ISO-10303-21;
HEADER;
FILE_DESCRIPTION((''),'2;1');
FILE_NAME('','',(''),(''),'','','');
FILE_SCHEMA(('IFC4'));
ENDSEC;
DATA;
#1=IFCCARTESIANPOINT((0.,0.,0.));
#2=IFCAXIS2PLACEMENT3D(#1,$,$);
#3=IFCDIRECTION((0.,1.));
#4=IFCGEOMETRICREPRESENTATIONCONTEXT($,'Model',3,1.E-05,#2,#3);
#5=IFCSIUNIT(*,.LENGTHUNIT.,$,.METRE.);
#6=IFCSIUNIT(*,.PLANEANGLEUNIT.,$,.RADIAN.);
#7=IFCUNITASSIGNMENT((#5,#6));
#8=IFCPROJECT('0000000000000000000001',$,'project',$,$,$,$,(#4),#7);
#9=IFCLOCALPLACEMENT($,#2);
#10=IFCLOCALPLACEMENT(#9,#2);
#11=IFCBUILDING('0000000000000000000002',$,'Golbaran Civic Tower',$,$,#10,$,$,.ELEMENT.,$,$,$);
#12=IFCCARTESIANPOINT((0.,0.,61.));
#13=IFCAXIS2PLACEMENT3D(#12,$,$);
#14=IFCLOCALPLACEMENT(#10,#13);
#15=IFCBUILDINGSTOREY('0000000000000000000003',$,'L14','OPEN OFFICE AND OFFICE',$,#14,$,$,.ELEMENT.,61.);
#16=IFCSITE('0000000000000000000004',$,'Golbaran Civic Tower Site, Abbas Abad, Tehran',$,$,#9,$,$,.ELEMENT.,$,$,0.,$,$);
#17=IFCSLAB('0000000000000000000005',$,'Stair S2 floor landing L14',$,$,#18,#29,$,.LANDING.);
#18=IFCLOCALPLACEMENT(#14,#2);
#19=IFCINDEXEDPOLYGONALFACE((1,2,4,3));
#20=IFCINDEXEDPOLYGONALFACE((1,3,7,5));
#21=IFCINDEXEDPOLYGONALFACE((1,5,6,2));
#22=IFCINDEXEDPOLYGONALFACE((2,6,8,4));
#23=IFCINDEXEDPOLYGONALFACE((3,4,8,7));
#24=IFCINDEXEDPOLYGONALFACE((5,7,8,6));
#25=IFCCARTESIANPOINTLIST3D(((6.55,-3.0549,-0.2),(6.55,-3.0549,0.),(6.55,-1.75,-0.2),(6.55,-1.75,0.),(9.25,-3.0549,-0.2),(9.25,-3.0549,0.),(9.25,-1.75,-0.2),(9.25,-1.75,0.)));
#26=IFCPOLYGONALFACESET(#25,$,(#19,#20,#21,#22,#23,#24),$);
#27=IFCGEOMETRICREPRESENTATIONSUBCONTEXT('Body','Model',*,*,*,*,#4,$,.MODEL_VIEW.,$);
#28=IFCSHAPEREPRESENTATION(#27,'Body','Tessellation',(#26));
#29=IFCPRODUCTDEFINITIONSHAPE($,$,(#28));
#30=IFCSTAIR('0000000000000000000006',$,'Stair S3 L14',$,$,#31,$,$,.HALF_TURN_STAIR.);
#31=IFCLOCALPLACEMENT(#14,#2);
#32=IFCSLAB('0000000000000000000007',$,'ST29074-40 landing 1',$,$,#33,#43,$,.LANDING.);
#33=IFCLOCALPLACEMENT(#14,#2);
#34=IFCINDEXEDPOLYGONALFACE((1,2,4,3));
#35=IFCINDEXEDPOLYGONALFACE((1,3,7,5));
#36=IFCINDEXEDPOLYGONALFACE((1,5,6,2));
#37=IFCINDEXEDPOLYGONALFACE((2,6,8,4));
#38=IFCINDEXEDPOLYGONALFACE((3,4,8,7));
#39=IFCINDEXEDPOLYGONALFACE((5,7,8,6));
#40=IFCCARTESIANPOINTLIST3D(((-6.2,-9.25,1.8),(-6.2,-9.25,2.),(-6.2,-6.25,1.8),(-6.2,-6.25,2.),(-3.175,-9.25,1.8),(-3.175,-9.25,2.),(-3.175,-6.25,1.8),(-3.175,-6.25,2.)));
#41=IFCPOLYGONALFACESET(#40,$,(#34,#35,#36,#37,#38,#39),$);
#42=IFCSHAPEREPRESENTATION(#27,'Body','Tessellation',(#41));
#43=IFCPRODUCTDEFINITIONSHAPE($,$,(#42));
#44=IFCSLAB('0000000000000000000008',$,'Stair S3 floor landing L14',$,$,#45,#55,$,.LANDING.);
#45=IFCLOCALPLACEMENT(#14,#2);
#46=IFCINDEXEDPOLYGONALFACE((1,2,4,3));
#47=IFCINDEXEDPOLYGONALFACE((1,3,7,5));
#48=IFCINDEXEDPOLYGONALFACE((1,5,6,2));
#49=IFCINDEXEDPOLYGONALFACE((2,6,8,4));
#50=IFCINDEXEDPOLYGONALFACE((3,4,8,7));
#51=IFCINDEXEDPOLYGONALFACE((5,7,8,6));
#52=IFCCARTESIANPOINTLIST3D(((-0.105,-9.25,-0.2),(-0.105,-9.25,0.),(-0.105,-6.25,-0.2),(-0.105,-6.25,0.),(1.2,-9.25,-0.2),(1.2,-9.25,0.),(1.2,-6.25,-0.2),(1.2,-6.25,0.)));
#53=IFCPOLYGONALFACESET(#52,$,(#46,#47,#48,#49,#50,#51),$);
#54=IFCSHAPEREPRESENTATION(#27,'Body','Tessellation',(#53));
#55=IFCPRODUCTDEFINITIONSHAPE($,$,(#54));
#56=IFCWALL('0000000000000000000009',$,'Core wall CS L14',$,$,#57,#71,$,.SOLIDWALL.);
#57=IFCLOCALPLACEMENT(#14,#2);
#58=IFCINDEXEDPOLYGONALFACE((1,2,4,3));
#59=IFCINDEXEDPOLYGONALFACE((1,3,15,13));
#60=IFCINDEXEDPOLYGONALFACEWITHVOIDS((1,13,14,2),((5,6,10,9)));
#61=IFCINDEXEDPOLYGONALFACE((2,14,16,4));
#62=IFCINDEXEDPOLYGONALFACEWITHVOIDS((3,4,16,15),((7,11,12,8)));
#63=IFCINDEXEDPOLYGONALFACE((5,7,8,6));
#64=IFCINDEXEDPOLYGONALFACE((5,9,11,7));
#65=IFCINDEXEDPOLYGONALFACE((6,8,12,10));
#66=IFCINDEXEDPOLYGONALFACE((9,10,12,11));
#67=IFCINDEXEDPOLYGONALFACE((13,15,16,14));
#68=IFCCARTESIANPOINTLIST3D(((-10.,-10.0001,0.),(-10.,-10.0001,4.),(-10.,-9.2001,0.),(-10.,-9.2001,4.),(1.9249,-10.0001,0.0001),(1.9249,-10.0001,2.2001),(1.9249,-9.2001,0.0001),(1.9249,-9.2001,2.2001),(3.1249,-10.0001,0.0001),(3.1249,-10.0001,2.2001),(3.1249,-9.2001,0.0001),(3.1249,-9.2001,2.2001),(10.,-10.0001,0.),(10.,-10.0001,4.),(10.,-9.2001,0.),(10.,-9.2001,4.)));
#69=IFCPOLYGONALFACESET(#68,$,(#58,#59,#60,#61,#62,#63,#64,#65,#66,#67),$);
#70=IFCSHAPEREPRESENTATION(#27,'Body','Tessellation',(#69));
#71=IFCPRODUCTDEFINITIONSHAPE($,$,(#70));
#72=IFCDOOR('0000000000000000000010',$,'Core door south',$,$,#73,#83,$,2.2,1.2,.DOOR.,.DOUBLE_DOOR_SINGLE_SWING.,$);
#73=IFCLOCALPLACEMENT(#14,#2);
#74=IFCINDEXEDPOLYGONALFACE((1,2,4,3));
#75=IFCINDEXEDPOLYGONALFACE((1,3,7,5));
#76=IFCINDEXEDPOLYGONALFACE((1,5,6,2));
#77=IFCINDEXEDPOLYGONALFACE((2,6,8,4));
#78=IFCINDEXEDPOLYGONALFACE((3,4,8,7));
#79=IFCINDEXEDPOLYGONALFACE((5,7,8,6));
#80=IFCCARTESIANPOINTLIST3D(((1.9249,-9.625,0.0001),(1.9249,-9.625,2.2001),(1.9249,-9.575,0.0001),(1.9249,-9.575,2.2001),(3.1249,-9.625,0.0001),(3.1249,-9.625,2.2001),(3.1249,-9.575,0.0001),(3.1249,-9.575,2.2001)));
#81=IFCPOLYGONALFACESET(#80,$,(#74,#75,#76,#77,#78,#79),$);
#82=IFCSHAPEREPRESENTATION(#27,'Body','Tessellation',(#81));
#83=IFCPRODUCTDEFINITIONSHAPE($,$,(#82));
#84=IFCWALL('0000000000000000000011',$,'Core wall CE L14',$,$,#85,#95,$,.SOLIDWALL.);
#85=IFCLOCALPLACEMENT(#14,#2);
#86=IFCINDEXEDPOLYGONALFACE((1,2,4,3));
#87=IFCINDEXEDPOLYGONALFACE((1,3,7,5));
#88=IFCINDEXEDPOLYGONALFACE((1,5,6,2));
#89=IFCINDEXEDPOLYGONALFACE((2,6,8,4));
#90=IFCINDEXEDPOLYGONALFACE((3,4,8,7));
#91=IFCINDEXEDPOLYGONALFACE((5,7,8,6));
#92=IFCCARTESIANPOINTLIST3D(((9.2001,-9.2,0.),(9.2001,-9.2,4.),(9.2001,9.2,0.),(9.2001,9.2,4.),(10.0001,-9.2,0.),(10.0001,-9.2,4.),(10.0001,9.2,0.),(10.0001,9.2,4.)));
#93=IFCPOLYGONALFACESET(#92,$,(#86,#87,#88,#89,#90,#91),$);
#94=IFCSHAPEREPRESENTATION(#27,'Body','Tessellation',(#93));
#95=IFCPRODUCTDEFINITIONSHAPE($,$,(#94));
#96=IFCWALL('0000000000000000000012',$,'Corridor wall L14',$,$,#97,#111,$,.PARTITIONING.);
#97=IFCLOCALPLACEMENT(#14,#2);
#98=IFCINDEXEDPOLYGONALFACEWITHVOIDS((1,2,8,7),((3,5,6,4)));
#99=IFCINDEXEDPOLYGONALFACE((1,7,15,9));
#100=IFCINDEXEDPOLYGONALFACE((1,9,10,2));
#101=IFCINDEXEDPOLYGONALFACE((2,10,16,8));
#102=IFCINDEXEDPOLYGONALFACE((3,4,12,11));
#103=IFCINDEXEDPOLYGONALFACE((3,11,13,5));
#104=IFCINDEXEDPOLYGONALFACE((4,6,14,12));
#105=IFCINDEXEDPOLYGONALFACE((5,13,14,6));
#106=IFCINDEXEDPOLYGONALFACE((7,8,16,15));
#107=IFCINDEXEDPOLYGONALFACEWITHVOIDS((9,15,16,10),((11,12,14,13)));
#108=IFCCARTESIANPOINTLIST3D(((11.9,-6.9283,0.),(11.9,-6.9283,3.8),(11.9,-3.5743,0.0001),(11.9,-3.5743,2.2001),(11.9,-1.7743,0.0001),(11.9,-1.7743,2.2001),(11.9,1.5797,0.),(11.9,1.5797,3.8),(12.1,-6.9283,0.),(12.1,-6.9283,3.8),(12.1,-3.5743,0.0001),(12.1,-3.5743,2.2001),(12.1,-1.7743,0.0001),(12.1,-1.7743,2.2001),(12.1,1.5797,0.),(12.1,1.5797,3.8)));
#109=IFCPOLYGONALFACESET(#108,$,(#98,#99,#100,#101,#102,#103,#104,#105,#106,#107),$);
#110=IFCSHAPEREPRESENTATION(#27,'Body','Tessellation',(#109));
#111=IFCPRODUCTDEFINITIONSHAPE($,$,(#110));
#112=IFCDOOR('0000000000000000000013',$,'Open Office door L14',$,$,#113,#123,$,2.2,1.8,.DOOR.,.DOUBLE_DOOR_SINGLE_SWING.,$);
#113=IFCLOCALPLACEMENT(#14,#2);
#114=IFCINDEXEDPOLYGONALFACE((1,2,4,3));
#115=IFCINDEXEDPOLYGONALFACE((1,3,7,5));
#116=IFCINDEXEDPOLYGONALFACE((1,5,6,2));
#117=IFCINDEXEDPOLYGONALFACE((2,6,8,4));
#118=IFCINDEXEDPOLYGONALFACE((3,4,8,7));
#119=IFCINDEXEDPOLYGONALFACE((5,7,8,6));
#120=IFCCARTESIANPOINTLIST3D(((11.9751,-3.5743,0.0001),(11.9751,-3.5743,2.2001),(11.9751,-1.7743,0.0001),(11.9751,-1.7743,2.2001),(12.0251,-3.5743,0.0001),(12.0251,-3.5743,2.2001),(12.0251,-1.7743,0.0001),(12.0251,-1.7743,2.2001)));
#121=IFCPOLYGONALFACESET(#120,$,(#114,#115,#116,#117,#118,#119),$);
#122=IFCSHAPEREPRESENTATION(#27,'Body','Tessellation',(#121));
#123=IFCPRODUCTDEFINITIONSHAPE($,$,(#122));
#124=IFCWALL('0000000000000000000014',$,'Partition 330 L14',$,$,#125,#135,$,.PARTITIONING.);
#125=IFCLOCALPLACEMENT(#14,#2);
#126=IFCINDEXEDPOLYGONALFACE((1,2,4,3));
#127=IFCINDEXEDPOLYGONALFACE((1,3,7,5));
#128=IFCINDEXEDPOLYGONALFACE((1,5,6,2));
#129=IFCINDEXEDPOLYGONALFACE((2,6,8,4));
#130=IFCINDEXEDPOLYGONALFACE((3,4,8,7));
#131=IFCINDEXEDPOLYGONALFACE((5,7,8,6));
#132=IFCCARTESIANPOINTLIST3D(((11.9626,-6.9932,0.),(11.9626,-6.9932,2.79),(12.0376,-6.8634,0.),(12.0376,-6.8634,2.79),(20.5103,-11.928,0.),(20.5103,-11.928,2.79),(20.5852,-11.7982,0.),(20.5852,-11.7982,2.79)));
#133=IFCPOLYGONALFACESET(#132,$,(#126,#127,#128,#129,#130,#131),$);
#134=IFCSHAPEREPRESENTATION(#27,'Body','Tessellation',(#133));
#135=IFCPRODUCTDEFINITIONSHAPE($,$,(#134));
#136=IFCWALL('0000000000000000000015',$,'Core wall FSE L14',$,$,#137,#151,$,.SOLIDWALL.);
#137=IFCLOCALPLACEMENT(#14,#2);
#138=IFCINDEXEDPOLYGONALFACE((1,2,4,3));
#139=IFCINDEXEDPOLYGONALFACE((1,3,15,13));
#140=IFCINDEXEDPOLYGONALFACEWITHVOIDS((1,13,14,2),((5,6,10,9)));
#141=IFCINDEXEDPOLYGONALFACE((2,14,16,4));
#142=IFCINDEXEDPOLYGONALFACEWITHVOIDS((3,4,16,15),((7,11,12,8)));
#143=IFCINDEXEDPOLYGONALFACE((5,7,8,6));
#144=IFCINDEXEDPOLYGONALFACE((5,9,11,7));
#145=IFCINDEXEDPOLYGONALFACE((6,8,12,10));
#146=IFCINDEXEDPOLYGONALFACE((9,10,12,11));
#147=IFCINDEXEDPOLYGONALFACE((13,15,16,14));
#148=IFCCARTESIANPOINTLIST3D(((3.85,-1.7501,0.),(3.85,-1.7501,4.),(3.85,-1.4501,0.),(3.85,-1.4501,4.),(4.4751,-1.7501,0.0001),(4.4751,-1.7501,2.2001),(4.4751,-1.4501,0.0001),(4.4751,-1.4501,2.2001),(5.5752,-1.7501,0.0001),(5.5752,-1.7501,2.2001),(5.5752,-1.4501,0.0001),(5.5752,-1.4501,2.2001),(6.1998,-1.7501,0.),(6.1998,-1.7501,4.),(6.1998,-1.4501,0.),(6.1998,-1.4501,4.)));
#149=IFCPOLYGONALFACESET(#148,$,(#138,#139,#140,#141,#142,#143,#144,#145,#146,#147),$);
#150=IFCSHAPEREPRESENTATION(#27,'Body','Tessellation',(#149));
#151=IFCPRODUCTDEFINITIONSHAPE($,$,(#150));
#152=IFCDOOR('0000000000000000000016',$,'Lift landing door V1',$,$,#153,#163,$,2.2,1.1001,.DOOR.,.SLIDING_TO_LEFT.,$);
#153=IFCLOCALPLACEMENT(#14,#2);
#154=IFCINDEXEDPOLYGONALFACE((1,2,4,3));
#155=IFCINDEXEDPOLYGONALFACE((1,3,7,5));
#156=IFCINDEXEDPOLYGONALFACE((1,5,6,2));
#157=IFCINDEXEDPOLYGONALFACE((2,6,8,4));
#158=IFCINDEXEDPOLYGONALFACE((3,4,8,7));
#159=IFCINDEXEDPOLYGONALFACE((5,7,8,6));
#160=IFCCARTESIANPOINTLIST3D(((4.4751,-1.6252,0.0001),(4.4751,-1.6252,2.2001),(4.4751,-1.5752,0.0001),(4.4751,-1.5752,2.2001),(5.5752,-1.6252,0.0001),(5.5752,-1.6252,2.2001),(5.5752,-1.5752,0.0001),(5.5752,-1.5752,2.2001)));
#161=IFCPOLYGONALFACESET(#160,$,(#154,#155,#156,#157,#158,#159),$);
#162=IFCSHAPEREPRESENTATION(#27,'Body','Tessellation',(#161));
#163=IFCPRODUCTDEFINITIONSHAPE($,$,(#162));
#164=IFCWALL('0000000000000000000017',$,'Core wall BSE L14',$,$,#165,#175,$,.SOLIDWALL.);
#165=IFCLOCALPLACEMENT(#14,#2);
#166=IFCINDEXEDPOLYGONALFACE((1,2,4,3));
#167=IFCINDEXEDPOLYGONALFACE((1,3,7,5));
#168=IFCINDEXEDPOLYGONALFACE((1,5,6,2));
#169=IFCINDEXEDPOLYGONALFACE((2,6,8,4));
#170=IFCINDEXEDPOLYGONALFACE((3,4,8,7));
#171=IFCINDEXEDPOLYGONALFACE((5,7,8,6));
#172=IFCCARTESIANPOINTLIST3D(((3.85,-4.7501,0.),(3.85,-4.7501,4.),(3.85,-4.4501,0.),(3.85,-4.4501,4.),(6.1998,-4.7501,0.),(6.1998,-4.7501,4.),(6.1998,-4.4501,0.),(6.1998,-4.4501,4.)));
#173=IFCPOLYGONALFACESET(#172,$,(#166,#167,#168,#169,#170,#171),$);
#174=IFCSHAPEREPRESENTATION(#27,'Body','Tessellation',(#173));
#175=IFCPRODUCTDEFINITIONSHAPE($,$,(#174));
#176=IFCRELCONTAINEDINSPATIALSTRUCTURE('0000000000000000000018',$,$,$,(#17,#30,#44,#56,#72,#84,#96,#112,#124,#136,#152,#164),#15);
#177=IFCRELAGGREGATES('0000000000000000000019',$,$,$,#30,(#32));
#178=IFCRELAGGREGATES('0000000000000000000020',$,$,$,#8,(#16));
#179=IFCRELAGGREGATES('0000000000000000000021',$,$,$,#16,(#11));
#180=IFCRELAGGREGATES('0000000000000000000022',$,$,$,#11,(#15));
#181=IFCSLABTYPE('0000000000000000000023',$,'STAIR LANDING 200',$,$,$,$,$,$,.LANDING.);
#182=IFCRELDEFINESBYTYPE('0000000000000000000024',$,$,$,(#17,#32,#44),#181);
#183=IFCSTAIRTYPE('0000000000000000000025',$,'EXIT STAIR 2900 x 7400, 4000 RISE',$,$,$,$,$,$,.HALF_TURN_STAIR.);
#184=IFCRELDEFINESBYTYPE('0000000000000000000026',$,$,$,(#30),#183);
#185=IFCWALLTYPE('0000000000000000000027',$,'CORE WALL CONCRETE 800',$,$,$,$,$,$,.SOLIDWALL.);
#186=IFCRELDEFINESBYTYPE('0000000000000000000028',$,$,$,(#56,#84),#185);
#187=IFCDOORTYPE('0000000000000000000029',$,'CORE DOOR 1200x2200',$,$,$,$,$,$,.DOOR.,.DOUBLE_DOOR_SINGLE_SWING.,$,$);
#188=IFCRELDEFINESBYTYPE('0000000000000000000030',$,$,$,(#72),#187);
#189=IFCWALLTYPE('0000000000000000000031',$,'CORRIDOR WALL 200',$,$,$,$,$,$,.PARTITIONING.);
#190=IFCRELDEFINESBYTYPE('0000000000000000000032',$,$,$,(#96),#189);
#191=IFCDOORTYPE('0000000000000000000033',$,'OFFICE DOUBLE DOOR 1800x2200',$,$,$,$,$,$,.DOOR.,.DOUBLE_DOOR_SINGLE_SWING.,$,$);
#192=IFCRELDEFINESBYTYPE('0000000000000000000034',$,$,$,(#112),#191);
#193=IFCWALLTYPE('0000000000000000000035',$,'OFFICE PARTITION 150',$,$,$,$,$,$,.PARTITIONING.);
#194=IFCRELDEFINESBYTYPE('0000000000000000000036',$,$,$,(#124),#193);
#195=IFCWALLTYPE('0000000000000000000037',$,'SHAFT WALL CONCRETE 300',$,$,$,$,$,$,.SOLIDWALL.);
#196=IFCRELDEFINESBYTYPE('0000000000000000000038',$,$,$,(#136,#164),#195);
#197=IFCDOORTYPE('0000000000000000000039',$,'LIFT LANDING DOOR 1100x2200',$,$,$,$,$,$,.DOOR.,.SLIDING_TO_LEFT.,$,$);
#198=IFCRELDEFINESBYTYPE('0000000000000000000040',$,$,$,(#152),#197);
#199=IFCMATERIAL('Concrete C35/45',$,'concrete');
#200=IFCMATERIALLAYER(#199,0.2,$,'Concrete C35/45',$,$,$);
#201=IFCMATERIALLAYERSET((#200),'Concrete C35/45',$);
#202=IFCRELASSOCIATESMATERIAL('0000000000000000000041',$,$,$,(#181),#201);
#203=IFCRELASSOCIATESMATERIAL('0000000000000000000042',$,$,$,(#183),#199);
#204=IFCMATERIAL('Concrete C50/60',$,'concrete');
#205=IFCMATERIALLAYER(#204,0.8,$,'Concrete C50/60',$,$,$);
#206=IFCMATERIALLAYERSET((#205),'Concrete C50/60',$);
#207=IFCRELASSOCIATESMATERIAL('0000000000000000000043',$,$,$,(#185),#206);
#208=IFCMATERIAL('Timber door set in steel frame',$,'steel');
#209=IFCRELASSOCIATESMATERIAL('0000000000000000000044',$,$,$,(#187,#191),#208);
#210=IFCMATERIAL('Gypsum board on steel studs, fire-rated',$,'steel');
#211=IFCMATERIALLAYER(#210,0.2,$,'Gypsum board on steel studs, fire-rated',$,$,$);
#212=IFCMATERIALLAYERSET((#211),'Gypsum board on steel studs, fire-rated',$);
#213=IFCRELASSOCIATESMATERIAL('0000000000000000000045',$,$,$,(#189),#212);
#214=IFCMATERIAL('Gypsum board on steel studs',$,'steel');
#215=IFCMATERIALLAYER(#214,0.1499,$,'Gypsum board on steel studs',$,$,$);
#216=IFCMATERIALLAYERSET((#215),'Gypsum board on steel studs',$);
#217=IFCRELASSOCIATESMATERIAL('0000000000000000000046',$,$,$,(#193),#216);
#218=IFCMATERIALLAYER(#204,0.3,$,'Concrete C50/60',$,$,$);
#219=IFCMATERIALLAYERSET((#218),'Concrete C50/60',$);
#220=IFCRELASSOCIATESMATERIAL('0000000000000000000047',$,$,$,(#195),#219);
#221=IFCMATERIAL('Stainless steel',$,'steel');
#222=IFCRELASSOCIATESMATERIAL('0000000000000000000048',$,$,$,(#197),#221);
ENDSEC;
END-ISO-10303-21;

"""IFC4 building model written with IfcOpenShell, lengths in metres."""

from ifc_helpers import new_model, si_unit, direction, frame, frame_2d, origin, place, context, subcontext, project, spatial, polyline, rectangle, outline, extrude, material, layer, layer_set, type_object, element, fill, aggregate, save


model = new_model("IFC4")

# Units and contexts
model_context = context("Model", 3, precision=1e-05, world=origin(), true_north=direction((0.0, 1.0)))
body_context = subcontext(model_context, "Body", "Model", "MODEL_VIEW")
ifc_project = project(units=[si_unit("LENGTHUNIT", "METRE"), si_unit("PLANEANGLEUNIT", "RADIAN")], contexts=[model_context])

# Site, building, storey
site_placement = place(None, origin())
site = spatial("IfcSite", under=ifc_project, at=site_placement, Name="Golbaran Civic Tower Site, Abbas Abad, Tehran", CompositionType="ELEMENT", RefElevation=0.0)
building_placement = place(site_placement, origin())
building = spatial("IfcBuilding", under=site, at=building_placement, Name="Golbaran Civic Tower", CompositionType="ELEMENT")
storey_placement = place(building_placement, frame((0.0, 0.0, 61.0)))
storey = spatial("IfcBuildingStorey", under=building, at=storey_placement, Name="L14", Description="OPEN OFFICE AND OFFICE", CompositionType="ELEMENT", Elevation=61.0)

# Slab
ifc_material_1 = material(Name="Concrete C35/45", Category="concrete")
ifc_layer_1 = layer(ifc_material_1, 0.2, Name="Concrete C35/45")
ifc_layer_set_1 = layer_set([ifc_layer_1], Name="Concrete C35/45")
slab_type = type_object("IfcSlabType", Name="STAIR LANDING 200", PredefinedType="LANDING", material=ifc_layer_set_1)
slab_1_placement = place(storey_placement, frame((0.0, 0.0, -0.2)))
element("IfcSlab", 1, at=slab_1_placement, inside=storey, type_object=slab_type, Name="Stair S2 floor landing L14", PredefinedType="LANDING", context=body_context, shape_type="SweptSolid", body=[
    extrude(outline(polyline([(9.25, -1.75), (9.25, -3.0549), (6.55, -3.0549), (6.55, -1.75), (9.25, -1.75)])), origin(), (0.0, 0.0, 1.0), 0.2),
])

# Stair, slab
stair_type_1 = type_object("IfcStairType", Name="EXIT STAIR 2900 x 7400, 4000 RISE", PredefinedType="HALF_TURN_STAIR", material=ifc_material_1)
stair_1_placement = place(storey_placement, origin())
stair_1 = element("IfcStair", 2, at=stair_1_placement, inside=storey, type_object=stair_type_1, Name="Stair S3 L14", PredefinedType="HALF_TURN_STAIR")
slab_2_placement = place(storey_placement, frame((0.0, 0.0, 1.8)))
slab_2 = element("IfcSlab", 3, at=slab_2_placement, type_object=slab_type, Name="ST29074-40 landing 1", PredefinedType="LANDING", context=body_context, shape_type="SweptSolid", body=[
    extrude(outline(polyline([(-3.175, -9.25), (-6.2, -9.25), (-6.2, -6.25), (-3.175, -6.25), (-3.175, -9.25)])), origin(), (0.0, 0.0, 1.0), 0.2),
])
aggregate(stair_1, [slab_2])

# Slab
slab_3_placement = place(storey_placement, frame((0.0, 0.0, -0.2)))
element("IfcSlab", 4, at=slab_3_placement, inside=storey, type_object=slab_type, Name="Stair S3 floor landing L14", PredefinedType="LANDING", context=body_context, shape_type="SweptSolid", body=[
    extrude(outline(polyline([(1.2, -9.25), (-0.105, -9.25), (-0.105, -6.25), (1.2, -6.25), (1.2, -9.25)])), origin(), (0.0, 0.0, 1.0), 0.2),
])

# Wall, opening, door
ifc_material_2 = material(Name="Concrete C50/60", Category="concrete")
ifc_layer_2 = layer(ifc_material_2, 0.8, Name="Concrete C50/60")
ifc_layer_set_2 = layer_set([ifc_layer_2], Name="Concrete C50/60")
wall_type_1 = type_object("IfcWallType", Name="CORE WALL CONCRETE 800", PredefinedType="SOLIDWALL", material=ifc_layer_set_2)
wall_1_placement = place(storey_placement, frame((10.0, -9.6001, 0.0), z_axis=(0.0, 0.0, 1.0), x_axis=(-1.0, 0.0, 0.0)))
wall_1 = element("IfcWall", 5, at=wall_1_placement, inside=storey, type_object=wall_type_1, Name="Core wall CS L14", PredefinedType="SOLIDWALL", context=body_context, shape_type="SweptSolid", body=[
    extrude(rectangle(XDim=20.0, YDim=0.8, at=frame_2d((10.0, 0.0))), origin(), (0.0, 0.0, 1.0), 4.0),
])
opening_1_placement = place(wall_1_placement, frame((6.875, 0.0, 0.0)))
opening_1 = element("IfcOpeningElement", 6, at=opening_1_placement, cuts=wall_1, PredefinedType="OPENING", context=body_context, shape_type="SweptSolid", body=[
    extrude(rectangle(XDim=1.2, YDim=2.2, at=frame_2d((0.6001, 1.1001))), frame((0.0, 0.4099, 0.0), z_axis=(0.0, -1.0, 0.0), x_axis=(1.0, 0.0, 0.0)), (0.0, 0.0, 1.0), 0.8201),
])
ifc_material_3 = material(Name="Timber door set in steel frame", Category="steel")
door_type_1 = type_object("IfcDoorType", Name="CORE DOOR 1200x2200", OperationType="DOUBLE_DOOR_SINGLE_SWING", PredefinedType="DOOR", material=ifc_material_3)
door_1_placement = place(opening_1_placement, origin())
door_1 = element("IfcDoor", 7, at=door_1_placement, inside=storey, type_object=door_type_1, Name="Core door south", OperationType="DOUBLE_DOOR_SINGLE_SWING", OverallHeight=2.2, OverallWidth=1.2, PredefinedType="DOOR", context=body_context, shape_type="SweptSolid", body=[
    extrude(rectangle(XDim=1.2, YDim=2.2, at=frame_2d((0.6001, 1.1001))), frame((0.0, 0.0249, 0.0), z_axis=(0.0, -1.0, 0.0), x_axis=(1.0, 0.0, 0.0)), (0.0, 0.0, 1.0), 0.05),
])
fill(opening_1, door_1)

# Wall
wall_2_placement = place(storey_placement, frame((9.6001, -9.2, 0.0), z_axis=(0.0, 0.0, 1.0), x_axis=(0.0, 1.0, 0.0)))
element("IfcWall", 8, at=wall_2_placement, inside=storey, type_object=wall_type_1, Name="Core wall CE L14", PredefinedType="SOLIDWALL", context=body_context, shape_type="SweptSolid", body=[
    extrude(rectangle(XDim=18.3999, YDim=0.8, at=frame_2d((9.2, 0.0))), origin(), (0.0, 0.0, 1.0), 4.0),
])

# Wall, opening, door
ifc_material_4 = material(Name="Gypsum board on steel studs, fire-rated", Category="steel")
ifc_layer_3 = layer(ifc_material_4, 0.2, Name="Gypsum board on steel studs, fire-rated")
ifc_layer_set_3 = layer_set([ifc_layer_3], Name="Gypsum board on steel studs, fire-rated")
wall_type_2 = type_object("IfcWallType", Name="CORRIDOR WALL 200", PredefinedType="PARTITIONING", material=ifc_layer_set_3)
wall_3_placement = place(storey_placement, frame((12.0, -6.9282, 0.0), z_axis=(0.0, 0.0, 1.0), x_axis=(0.0, 1.0, 0.0)))
wall_3 = element("IfcWall", 9, at=wall_3_placement, inside=storey, type_object=wall_type_2, Name="Corridor wall L14", PredefinedType="PARTITIONING", context=body_context, shape_type="SweptSolid", body=[
    extrude(rectangle(XDim=8.5081, YDim=0.2, at=frame_2d((4.2539, 0.0))), origin(), (0.0, 0.0, 1.0), 3.8),
])
opening_2_placement = place(wall_3_placement, frame((3.354, 0.0, 0.0)))
opening_2 = element("IfcOpeningElement", 10, at=opening_2_placement, cuts=wall_3, PredefinedType="OPENING", context=body_context, shape_type="SweptSolid", body=[
    extrude(rectangle(XDim=1.8, YDim=2.2, at=frame_2d((0.8999, 1.1001))), frame((0.0, 0.1099, 0.0), z_axis=(0.0, -1.0, 0.0), x_axis=(1.0, 0.0, 0.0)), (0.0, 0.0, 1.0), 0.22),
])
door_type_2 = type_object("IfcDoorType", Name="OFFICE DOUBLE DOOR 1800x2200", OperationType="DOUBLE_DOOR_SINGLE_SWING", PredefinedType="DOOR", material=ifc_material_3)
door_2_placement = place(opening_2_placement, origin())
door_2 = element("IfcDoor", 11, at=door_2_placement, inside=storey, type_object=door_type_2, Name="Open Office door L14", OperationType="DOUBLE_DOOR_SINGLE_SWING", OverallHeight=2.2, OverallWidth=1.8, PredefinedType="DOOR", context=body_context, shape_type="SweptSolid", body=[
    extrude(rectangle(XDim=1.8, YDim=2.2, at=frame_2d((0.8999, 1.1001))), frame((0.0, 0.0249, 0.0), z_axis=(0.0, -1.0, 0.0), x_axis=(1.0, 0.0, 0.0)), (0.0, 0.0, 1.0), 0.05),
])
fill(opening_2, door_2)

# Wall
ifc_material_5 = material(Name="Gypsum board on steel studs", Category="steel")
ifc_layer_4 = layer(ifc_material_5, 0.1499, Name="Gypsum board on steel studs")
ifc_layer_set_4 = layer_set([ifc_layer_4], Name="Gypsum board on steel studs")
wall_type_3 = type_object("IfcWallType", Name="OFFICE PARTITION 150", PredefinedType="PARTITIONING", material=ifc_layer_set_4)
wall_4_placement = place(storey_placement, frame((12.0, -6.9282, 0.0), z_axis=(0.0, 0.0, 1.0), x_axis=(0.866032, -0.499989, 0.0)))
element("IfcWall", 12, at=wall_4_placement, inside=storey, type_object=wall_type_3, Name="Partition 330 L14", PredefinedType="PARTITIONING", context=body_context, shape_type="SweptSolid", body=[
    extrude(rectangle(XDim=9.8699, YDim=0.1499, at=frame_2d((4.9351, 0.0))), origin(), (0.0, 0.0, 1.0), 2.79),
])

# Wall, opening, door
ifc_layer_5 = layer(ifc_material_2, 0.3, Name="Concrete C50/60")
ifc_layer_set_5 = layer_set([ifc_layer_5], Name="Concrete C50/60")
wall_type_4 = type_object("IfcWallType", Name="SHAFT WALL CONCRETE 300", PredefinedType="SOLIDWALL", material=ifc_layer_set_5)
wall_5_placement = place(storey_placement, frame((3.8501, -1.6001, 0.0), z_axis=(0.0, 0.0, 1.0), x_axis=(1.0, 0.0, 0.0)))
wall_5 = element("IfcWall", 13, at=wall_5_placement, inside=storey, type_object=wall_type_4, Name="Core wall FSE L14", PredefinedType="SOLIDWALL", context=body_context, shape_type="SweptSolid", body=[
    extrude(rectangle(XDim=2.3499, YDim=0.3, at=frame_2d((1.1748, 0.0))), origin(), (0.0, 0.0, 1.0), 4.0),
])
opening_3_placement = place(wall_5_placement, frame((0.625, 0.0, 0.0)))
opening_3 = element("IfcOpeningElement", 14, at=opening_3_placement, cuts=wall_5, PredefinedType="OPENING", context=body_context, shape_type="SweptSolid", body=[
    extrude(rectangle(XDim=1.1001, YDim=2.2, at=frame_2d((0.55, 1.1001))), frame((0.0, 0.1599, 0.0), z_axis=(0.0, -1.0, 0.0), x_axis=(1.0, 0.0, 0.0)), (0.0, 0.0, 1.0), 0.3201),
])
ifc_material_6 = material(Name="Stainless steel", Category="steel")
door_type_3 = type_object("IfcDoorType", Name="LIFT LANDING DOOR 1100x2200", OperationType="SLIDING_TO_LEFT", PredefinedType="DOOR", material=ifc_material_6)
door_3_placement = place(opening_3_placement, origin())
door_3 = element("IfcDoor", 15, at=door_3_placement, inside=storey, type_object=door_type_3, Name="Lift landing door V1", OperationType="SLIDING_TO_LEFT", OverallHeight=2.2, OverallWidth=1.1001, PredefinedType="DOOR", context=body_context, shape_type="SweptSolid", body=[
    extrude(rectangle(XDim=1.1001, YDim=2.2, at=frame_2d((0.55, 1.1001))), frame((0.0, 0.0249, 0.0), z_axis=(0.0, -1.0, 0.0), x_axis=(1.0, 0.0, 0.0)), (0.0, 0.0, 1.0), 0.05),
])
fill(opening_3, door_3)

# Wall
wall_6_placement = place(storey_placement, frame((3.8501, -4.6001, 0.0), z_axis=(0.0, 0.0, 1.0), x_axis=(1.0, 0.0, 0.0)))
element("IfcWall", 16, at=wall_6_placement, inside=storey, type_object=wall_type_4, Name="Core wall BSE L14", PredefinedType="SOLIDWALL", context=body_context, shape_type="SweptSolid", body=[
    extrude(rectangle(XDim=2.3499, YDim=0.3, at=frame_2d((1.1748, 0.0))), origin(), (0.0, 0.0, 1.0), 4.0),
])

save(model, "model.ifc")
